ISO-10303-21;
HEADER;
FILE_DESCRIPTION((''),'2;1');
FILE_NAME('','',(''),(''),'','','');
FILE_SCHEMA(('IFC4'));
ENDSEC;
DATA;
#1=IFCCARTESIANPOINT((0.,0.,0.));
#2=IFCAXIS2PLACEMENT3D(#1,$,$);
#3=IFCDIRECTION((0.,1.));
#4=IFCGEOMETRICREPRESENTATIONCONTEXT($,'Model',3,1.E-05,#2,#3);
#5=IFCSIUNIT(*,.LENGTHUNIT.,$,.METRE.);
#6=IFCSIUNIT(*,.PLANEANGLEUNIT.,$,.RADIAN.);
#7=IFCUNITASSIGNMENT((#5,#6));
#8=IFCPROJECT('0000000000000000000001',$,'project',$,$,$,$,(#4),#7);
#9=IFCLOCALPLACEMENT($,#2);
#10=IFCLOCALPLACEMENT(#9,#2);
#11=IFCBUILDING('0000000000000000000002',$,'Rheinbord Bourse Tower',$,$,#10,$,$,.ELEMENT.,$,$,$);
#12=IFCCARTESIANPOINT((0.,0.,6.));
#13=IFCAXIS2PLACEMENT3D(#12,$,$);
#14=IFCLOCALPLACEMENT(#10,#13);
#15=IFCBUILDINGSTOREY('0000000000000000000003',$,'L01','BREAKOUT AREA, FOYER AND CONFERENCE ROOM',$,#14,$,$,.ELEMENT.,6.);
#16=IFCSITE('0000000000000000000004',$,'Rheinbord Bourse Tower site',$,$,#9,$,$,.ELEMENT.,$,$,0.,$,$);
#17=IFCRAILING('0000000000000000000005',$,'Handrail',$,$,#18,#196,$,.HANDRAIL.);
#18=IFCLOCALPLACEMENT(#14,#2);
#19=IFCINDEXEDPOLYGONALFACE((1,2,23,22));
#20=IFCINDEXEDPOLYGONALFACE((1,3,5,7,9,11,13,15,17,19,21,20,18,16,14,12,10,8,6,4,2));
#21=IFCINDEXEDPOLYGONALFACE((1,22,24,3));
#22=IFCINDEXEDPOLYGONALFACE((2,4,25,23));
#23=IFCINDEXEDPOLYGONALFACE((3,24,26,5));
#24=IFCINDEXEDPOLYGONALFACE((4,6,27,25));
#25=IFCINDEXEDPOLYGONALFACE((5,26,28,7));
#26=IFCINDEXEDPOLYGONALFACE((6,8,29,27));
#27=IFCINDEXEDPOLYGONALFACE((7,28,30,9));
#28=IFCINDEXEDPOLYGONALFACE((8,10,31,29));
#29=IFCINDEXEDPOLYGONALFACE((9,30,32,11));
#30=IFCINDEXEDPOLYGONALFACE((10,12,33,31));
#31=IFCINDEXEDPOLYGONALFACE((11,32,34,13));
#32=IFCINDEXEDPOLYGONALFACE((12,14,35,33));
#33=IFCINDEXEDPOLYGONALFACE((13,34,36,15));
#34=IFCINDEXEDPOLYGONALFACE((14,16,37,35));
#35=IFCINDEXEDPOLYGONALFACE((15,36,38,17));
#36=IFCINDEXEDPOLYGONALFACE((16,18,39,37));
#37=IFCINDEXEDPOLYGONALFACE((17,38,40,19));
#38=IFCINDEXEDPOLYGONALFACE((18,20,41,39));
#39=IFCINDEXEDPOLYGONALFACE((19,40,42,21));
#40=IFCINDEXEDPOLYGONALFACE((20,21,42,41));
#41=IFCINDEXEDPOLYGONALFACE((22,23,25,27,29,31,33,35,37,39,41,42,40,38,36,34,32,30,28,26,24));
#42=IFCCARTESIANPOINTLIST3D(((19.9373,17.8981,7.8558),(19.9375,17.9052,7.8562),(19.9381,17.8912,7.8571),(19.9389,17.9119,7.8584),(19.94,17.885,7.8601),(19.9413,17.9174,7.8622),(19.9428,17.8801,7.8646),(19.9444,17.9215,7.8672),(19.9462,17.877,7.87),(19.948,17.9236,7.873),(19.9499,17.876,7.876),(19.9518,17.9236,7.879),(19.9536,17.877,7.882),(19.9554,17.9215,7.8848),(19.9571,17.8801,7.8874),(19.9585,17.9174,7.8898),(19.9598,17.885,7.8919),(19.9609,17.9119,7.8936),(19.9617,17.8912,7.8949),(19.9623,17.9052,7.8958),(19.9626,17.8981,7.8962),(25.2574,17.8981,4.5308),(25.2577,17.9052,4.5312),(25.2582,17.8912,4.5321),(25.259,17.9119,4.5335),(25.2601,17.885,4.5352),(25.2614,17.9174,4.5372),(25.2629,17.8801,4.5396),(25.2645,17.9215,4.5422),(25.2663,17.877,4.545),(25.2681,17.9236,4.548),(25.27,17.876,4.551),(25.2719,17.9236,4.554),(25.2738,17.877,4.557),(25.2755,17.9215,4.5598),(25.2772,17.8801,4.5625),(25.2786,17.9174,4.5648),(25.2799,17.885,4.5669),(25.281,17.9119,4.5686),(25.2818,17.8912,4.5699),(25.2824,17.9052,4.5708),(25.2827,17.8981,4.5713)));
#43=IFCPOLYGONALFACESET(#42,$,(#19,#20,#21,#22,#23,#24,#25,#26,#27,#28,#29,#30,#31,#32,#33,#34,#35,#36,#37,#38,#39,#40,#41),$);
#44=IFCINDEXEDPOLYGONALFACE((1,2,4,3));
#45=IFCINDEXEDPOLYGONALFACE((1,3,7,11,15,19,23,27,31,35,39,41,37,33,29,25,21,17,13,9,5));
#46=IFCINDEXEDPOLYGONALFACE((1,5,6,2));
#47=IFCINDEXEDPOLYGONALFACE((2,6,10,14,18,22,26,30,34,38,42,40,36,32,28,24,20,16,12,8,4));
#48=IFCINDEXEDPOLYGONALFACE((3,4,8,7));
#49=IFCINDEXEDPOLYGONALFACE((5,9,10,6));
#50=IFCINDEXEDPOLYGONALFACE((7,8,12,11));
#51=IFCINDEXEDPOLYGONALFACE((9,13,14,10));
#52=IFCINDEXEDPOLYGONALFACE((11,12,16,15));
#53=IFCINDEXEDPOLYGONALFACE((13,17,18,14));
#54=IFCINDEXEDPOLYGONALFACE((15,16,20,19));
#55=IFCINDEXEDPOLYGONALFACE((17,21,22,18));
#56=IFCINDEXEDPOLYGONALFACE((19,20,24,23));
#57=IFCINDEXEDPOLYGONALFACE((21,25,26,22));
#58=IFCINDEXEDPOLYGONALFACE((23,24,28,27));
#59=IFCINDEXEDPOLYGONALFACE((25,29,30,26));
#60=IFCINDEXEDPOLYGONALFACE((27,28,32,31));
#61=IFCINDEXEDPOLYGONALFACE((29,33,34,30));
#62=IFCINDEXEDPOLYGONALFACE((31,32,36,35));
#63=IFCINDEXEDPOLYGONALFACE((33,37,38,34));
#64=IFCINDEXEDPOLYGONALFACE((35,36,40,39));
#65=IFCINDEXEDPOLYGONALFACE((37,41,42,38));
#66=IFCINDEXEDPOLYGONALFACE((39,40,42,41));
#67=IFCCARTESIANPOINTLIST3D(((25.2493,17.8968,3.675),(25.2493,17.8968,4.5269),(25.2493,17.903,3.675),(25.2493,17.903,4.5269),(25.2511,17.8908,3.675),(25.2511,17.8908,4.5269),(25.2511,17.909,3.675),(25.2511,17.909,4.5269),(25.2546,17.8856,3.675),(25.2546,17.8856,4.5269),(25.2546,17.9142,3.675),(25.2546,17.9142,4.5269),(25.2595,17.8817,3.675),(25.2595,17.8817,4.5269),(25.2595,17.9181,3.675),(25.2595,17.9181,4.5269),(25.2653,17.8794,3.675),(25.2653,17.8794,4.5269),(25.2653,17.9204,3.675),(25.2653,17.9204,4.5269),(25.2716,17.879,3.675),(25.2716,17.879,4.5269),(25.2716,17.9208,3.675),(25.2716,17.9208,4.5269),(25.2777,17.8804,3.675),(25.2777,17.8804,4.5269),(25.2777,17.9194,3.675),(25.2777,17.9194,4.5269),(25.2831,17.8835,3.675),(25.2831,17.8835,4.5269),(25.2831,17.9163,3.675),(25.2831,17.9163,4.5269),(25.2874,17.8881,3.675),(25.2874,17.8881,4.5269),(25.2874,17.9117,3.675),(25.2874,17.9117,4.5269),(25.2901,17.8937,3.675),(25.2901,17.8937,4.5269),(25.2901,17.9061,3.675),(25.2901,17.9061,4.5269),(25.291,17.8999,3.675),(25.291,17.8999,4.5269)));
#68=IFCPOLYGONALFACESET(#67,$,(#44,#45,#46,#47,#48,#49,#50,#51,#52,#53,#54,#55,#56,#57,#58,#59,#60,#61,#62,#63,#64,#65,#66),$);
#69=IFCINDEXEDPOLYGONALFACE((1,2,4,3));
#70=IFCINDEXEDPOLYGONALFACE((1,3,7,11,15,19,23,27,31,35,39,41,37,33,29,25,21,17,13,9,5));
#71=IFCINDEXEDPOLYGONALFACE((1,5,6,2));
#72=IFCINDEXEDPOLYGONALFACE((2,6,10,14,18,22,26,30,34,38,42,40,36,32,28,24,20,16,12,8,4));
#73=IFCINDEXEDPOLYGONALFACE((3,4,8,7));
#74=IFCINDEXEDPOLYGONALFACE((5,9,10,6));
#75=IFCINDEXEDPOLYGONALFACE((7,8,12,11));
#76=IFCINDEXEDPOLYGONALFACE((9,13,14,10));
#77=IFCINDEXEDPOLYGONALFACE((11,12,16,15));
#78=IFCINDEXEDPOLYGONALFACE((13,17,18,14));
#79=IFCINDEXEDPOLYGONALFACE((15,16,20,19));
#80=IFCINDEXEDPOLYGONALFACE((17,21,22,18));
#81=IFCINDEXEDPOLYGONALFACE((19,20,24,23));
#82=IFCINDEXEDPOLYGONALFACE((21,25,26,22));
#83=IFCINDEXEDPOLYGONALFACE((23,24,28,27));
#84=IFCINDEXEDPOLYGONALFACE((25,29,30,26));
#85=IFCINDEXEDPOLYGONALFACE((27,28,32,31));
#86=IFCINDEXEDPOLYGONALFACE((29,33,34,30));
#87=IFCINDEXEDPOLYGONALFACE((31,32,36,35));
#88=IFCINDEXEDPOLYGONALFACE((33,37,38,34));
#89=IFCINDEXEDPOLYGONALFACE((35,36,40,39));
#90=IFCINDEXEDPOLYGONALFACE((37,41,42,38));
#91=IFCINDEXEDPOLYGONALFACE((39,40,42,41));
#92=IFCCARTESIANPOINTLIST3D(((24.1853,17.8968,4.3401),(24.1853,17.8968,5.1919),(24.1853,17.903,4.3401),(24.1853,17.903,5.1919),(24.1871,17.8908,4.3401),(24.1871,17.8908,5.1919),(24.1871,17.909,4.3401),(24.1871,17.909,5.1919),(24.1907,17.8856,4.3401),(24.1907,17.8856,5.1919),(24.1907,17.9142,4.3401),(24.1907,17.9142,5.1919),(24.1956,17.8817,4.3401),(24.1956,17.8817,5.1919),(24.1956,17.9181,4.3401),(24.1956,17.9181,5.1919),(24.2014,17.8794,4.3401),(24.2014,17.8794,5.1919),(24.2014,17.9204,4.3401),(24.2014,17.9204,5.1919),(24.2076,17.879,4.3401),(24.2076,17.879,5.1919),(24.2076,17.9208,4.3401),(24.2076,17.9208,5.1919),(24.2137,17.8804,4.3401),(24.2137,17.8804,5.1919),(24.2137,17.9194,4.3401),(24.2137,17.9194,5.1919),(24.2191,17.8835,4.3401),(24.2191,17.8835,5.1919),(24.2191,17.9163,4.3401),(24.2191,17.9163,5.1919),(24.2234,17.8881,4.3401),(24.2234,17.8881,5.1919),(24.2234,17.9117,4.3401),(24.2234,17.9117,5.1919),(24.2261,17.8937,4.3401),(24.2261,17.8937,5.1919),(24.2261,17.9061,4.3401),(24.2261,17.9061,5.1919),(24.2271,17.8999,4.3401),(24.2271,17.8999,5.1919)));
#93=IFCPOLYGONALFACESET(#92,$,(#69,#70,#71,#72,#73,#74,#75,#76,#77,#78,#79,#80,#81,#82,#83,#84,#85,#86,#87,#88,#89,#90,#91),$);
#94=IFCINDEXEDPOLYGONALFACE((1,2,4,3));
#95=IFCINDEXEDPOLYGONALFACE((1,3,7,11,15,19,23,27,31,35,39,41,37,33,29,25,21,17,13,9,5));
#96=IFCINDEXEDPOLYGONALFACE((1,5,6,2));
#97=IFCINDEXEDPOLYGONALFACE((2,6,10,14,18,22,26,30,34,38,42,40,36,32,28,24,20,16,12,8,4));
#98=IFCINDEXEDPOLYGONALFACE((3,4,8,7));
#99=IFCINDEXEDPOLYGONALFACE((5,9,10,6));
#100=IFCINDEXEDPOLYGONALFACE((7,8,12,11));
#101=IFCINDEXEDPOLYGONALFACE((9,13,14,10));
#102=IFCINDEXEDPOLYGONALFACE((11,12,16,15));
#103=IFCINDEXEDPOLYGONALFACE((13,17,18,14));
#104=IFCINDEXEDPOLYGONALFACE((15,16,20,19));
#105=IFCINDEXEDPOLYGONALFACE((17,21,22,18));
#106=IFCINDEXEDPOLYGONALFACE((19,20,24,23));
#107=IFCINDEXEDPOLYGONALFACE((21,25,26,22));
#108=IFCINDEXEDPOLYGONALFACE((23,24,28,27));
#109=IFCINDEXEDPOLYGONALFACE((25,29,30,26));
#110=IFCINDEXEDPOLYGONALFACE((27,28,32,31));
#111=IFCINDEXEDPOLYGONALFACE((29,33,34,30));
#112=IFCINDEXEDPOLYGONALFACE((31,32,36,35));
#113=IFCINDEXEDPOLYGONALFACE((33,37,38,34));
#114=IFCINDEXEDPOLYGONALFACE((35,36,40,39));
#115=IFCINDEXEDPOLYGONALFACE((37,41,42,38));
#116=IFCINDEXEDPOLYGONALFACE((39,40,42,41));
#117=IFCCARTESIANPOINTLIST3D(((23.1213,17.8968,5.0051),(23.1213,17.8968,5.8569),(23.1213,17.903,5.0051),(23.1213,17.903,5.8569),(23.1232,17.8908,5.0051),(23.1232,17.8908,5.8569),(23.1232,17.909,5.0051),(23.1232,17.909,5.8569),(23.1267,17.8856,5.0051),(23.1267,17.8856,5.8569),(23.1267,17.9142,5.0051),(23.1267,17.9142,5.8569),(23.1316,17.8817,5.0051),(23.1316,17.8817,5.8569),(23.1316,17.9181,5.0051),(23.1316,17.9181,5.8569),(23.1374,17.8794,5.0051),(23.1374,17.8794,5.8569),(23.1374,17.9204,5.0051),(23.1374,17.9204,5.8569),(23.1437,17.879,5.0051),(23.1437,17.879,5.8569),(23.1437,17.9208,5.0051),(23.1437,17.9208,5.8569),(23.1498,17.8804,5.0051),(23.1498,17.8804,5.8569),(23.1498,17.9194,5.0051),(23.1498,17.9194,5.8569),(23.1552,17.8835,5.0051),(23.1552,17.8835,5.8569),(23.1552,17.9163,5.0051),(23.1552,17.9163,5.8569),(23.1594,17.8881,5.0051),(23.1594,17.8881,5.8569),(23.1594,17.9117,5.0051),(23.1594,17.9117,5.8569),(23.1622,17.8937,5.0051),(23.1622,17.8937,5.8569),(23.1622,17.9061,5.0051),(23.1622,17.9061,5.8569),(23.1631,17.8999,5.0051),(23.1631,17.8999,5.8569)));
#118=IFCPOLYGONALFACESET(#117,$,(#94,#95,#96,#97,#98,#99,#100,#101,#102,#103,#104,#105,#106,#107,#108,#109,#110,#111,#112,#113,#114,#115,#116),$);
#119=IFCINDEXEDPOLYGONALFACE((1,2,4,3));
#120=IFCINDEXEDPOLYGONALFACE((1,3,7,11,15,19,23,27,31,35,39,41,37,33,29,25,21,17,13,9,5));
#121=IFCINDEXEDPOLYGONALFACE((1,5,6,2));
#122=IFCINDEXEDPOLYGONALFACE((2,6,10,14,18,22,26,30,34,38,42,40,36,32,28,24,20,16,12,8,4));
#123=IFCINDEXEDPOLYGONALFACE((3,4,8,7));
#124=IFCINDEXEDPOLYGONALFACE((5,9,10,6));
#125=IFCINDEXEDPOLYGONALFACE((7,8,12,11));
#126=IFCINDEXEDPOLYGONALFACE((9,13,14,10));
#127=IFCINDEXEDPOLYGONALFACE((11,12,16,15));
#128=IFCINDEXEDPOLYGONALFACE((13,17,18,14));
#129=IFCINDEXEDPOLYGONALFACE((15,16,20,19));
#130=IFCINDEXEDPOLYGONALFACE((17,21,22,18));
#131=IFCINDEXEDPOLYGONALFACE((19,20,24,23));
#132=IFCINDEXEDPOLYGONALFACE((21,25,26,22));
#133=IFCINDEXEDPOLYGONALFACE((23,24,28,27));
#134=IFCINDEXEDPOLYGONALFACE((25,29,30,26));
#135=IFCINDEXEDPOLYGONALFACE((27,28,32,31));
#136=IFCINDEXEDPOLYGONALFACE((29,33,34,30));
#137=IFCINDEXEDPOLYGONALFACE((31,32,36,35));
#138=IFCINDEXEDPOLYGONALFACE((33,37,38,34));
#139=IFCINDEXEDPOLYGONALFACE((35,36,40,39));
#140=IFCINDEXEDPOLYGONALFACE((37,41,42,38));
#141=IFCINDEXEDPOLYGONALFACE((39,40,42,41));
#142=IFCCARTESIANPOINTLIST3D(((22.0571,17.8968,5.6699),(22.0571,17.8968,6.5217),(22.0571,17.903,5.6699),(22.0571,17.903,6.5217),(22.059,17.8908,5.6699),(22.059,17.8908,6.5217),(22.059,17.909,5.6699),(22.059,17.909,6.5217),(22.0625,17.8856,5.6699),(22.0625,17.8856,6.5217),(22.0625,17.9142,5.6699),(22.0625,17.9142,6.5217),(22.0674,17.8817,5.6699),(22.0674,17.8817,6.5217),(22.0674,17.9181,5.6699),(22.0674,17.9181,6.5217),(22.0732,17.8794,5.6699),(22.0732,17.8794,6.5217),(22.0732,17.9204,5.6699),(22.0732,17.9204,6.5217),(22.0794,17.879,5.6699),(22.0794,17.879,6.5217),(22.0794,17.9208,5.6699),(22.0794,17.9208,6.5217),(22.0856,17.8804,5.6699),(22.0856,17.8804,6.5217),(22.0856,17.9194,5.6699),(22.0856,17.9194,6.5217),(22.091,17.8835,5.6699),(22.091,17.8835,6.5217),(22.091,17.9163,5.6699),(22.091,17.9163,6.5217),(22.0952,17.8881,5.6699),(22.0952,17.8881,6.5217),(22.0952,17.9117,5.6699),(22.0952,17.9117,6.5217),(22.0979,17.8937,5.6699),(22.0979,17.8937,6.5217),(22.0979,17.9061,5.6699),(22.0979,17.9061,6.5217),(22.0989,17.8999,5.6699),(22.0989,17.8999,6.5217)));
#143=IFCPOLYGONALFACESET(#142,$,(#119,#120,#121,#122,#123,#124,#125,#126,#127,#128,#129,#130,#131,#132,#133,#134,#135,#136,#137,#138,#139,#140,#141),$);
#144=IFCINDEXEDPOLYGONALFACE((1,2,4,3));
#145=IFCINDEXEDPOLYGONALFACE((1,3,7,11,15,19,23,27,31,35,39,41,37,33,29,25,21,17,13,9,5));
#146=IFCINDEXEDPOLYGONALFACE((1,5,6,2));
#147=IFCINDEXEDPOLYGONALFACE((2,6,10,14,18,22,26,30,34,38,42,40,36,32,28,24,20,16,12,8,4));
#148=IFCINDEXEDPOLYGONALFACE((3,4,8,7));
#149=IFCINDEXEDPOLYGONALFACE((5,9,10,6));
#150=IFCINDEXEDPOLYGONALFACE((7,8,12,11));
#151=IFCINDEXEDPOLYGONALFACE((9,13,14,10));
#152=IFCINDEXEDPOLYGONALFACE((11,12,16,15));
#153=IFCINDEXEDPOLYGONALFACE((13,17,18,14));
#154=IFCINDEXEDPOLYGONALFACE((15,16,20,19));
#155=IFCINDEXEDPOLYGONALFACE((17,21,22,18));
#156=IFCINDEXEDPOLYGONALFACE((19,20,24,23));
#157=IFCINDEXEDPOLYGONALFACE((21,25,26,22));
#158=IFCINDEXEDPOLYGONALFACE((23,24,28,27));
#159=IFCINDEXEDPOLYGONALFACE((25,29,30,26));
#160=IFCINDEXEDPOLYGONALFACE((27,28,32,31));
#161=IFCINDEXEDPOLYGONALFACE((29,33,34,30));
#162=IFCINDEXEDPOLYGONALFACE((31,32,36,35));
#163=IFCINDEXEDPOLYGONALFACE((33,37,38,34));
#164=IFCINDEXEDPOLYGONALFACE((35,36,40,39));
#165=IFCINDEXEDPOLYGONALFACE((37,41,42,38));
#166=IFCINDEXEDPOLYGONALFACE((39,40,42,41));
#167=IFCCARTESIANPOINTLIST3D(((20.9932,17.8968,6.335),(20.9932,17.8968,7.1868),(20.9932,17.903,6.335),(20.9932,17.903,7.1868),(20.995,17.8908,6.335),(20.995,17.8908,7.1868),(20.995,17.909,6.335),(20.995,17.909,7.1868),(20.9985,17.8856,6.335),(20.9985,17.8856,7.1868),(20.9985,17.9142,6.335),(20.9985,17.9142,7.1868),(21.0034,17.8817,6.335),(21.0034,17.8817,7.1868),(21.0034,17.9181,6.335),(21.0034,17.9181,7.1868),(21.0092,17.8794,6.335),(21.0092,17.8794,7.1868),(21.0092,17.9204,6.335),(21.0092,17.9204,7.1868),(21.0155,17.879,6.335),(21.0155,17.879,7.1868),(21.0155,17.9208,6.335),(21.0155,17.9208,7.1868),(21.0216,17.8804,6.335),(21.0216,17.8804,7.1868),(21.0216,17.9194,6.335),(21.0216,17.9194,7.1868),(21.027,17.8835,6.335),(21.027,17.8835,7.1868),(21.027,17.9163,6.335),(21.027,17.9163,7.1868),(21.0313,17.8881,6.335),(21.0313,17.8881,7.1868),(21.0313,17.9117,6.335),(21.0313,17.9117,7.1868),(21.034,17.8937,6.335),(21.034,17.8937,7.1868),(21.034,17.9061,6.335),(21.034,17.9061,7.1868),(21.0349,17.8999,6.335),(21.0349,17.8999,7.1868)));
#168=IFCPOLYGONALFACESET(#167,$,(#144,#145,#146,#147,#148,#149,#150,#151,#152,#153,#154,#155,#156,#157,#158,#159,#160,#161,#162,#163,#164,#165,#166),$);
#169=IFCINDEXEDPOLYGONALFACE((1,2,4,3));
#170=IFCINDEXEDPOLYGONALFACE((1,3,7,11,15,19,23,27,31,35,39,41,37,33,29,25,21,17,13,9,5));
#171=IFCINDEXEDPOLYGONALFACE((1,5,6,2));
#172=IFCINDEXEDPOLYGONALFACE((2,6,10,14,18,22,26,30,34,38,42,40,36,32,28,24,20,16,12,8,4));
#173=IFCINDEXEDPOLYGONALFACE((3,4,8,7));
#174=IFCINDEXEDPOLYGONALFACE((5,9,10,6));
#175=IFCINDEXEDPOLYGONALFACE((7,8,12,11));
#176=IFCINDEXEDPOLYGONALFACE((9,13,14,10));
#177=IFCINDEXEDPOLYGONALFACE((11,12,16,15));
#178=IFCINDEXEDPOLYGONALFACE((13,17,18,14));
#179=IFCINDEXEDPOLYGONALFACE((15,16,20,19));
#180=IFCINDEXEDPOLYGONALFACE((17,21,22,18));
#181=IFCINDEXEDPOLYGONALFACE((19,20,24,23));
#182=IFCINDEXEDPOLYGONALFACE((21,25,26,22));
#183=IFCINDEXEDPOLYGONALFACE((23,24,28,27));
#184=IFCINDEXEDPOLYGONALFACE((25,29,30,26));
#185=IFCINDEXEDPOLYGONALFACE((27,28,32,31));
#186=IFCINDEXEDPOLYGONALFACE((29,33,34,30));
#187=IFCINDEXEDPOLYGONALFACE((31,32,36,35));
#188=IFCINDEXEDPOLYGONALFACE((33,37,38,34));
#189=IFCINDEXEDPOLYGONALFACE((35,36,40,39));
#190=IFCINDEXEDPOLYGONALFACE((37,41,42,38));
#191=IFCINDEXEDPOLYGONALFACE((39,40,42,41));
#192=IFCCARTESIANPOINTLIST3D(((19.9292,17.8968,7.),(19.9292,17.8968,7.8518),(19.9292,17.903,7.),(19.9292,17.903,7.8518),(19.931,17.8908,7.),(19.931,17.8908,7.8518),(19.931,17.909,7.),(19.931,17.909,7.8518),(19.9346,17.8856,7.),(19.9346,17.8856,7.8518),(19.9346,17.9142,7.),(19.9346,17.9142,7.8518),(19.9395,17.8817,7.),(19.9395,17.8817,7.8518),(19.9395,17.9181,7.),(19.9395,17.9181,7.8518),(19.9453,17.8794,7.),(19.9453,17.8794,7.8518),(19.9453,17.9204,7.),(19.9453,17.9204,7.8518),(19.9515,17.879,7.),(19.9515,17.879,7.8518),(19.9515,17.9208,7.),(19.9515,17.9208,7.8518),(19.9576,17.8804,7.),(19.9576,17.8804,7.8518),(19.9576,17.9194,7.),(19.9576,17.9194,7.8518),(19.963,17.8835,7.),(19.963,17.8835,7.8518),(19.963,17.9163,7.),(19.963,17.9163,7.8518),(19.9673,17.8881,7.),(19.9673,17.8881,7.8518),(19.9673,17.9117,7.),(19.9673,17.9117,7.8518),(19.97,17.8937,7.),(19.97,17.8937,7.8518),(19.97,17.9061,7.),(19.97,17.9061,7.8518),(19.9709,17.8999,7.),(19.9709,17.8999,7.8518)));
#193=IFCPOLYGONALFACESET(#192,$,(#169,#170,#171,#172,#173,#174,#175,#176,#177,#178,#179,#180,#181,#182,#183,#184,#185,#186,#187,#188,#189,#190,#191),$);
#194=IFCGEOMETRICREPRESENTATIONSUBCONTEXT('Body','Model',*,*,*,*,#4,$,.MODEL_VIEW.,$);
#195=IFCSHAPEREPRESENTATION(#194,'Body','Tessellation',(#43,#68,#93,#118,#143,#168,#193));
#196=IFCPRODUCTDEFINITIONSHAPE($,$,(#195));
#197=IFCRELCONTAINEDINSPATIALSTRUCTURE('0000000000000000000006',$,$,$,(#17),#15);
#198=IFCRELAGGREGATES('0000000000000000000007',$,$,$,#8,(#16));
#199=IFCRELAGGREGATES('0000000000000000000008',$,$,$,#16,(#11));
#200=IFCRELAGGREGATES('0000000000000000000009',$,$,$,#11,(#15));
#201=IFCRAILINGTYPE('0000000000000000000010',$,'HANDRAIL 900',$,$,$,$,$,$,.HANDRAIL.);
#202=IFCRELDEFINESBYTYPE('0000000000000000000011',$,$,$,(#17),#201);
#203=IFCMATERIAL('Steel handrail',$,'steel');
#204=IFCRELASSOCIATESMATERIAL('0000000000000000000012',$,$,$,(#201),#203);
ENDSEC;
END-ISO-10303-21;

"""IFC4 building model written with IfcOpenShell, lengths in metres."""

from ifc_helpers import new_model, si_unit, direction, frame, origin, origin_2d, place, context, subcontext, project, spatial, circle, extrude, material, type_object, element, save


model = new_model("IFC4")

# Units and contexts
model_context = context("Model", 3, precision=1e-05, world=origin(), true_north=direction((0.0, 1.0)))
body_context = subcontext(model_context, "Body", "Model", "MODEL_VIEW")
ifc_project = project(units=[si_unit("LENGTHUNIT", "METRE"), si_unit("PLANEANGLEUNIT", "RADIAN")], contexts=[model_context])

# Site, building, storey
site_placement = place(None, origin())
site = spatial("IfcSite", under=ifc_project, at=site_placement, Name="Rheinbord Bourse Tower site", CompositionType="ELEMENT", RefElevation=0.0)
building_placement = place(site_placement, origin())
building = spatial("IfcBuilding", under=site, at=building_placement, Name="Rheinbord Bourse Tower", CompositionType="ELEMENT")
storey_placement = place(building_placement, frame((0.0, 0.0, 6.0)))
storey = spatial("IfcBuildingStorey", under=building, at=storey_placement, Name="L01", Description="BREAKOUT AREA, FOYER AND CONFERENCE ROOM", CompositionType="ELEMENT", Elevation=6.0)

# Railing
ifc_material_1 = material(Name="Steel handrail", Category="steel")
railing_type = type_object("IfcRailingType", Name="HANDRAIL 900", PredefinedType="HANDRAIL", material=ifc_material_1)
railing_1_placement = place(storey_placement, frame((25.27, 17.8999, 3.675)))
element("IfcRailing", 1, at=railing_1_placement, inside=storey, type_object=railing_type, Name="Handrail", PredefinedType="HANDRAIL", context=body_context, shape_type="SweptSolid", body=[
    extrude(circle(Radius=0.0239, at=origin_2d()), frame((0.0, 0.0, 0.876), z_axis=(-0.848005, 0.0, 0.529988), x_axis=(0.0, -1.0, 0.0)), (0.0, 0.0, 1.0), 6.2737),
    extrude(circle(Radius=0.021, at=origin_2d()), origin(), (0.0, 0.0, 1.0), 0.8518),
    extrude(circle(Radius=0.021, at=origin_2d()), frame((-1.064, 0.0, 0.665)), (0.0, 0.0, 1.0), 0.8518),
    extrude(circle(Radius=0.021, at=origin_2d()), frame((-2.1279, 0.0, 1.3301)), (0.0, 0.0, 1.0), 0.8518),
    extrude(circle(Radius=0.021, at=origin_2d()), frame((-3.1921, 0.0, 1.9949)), (0.0, 0.0, 1.0), 0.8518),
    extrude(circle(Radius=0.021, at=origin_2d()), frame((-4.2561, 0.0, 2.6599)), (0.0, 0.0, 1.0), 0.8518),
    extrude(circle(Radius=0.021, at=origin_2d()), frame((-5.3201, 0.0, 3.325)), (0.0, 0.0, 1.0), 0.8518),
])

save(model, "model.ifc")
